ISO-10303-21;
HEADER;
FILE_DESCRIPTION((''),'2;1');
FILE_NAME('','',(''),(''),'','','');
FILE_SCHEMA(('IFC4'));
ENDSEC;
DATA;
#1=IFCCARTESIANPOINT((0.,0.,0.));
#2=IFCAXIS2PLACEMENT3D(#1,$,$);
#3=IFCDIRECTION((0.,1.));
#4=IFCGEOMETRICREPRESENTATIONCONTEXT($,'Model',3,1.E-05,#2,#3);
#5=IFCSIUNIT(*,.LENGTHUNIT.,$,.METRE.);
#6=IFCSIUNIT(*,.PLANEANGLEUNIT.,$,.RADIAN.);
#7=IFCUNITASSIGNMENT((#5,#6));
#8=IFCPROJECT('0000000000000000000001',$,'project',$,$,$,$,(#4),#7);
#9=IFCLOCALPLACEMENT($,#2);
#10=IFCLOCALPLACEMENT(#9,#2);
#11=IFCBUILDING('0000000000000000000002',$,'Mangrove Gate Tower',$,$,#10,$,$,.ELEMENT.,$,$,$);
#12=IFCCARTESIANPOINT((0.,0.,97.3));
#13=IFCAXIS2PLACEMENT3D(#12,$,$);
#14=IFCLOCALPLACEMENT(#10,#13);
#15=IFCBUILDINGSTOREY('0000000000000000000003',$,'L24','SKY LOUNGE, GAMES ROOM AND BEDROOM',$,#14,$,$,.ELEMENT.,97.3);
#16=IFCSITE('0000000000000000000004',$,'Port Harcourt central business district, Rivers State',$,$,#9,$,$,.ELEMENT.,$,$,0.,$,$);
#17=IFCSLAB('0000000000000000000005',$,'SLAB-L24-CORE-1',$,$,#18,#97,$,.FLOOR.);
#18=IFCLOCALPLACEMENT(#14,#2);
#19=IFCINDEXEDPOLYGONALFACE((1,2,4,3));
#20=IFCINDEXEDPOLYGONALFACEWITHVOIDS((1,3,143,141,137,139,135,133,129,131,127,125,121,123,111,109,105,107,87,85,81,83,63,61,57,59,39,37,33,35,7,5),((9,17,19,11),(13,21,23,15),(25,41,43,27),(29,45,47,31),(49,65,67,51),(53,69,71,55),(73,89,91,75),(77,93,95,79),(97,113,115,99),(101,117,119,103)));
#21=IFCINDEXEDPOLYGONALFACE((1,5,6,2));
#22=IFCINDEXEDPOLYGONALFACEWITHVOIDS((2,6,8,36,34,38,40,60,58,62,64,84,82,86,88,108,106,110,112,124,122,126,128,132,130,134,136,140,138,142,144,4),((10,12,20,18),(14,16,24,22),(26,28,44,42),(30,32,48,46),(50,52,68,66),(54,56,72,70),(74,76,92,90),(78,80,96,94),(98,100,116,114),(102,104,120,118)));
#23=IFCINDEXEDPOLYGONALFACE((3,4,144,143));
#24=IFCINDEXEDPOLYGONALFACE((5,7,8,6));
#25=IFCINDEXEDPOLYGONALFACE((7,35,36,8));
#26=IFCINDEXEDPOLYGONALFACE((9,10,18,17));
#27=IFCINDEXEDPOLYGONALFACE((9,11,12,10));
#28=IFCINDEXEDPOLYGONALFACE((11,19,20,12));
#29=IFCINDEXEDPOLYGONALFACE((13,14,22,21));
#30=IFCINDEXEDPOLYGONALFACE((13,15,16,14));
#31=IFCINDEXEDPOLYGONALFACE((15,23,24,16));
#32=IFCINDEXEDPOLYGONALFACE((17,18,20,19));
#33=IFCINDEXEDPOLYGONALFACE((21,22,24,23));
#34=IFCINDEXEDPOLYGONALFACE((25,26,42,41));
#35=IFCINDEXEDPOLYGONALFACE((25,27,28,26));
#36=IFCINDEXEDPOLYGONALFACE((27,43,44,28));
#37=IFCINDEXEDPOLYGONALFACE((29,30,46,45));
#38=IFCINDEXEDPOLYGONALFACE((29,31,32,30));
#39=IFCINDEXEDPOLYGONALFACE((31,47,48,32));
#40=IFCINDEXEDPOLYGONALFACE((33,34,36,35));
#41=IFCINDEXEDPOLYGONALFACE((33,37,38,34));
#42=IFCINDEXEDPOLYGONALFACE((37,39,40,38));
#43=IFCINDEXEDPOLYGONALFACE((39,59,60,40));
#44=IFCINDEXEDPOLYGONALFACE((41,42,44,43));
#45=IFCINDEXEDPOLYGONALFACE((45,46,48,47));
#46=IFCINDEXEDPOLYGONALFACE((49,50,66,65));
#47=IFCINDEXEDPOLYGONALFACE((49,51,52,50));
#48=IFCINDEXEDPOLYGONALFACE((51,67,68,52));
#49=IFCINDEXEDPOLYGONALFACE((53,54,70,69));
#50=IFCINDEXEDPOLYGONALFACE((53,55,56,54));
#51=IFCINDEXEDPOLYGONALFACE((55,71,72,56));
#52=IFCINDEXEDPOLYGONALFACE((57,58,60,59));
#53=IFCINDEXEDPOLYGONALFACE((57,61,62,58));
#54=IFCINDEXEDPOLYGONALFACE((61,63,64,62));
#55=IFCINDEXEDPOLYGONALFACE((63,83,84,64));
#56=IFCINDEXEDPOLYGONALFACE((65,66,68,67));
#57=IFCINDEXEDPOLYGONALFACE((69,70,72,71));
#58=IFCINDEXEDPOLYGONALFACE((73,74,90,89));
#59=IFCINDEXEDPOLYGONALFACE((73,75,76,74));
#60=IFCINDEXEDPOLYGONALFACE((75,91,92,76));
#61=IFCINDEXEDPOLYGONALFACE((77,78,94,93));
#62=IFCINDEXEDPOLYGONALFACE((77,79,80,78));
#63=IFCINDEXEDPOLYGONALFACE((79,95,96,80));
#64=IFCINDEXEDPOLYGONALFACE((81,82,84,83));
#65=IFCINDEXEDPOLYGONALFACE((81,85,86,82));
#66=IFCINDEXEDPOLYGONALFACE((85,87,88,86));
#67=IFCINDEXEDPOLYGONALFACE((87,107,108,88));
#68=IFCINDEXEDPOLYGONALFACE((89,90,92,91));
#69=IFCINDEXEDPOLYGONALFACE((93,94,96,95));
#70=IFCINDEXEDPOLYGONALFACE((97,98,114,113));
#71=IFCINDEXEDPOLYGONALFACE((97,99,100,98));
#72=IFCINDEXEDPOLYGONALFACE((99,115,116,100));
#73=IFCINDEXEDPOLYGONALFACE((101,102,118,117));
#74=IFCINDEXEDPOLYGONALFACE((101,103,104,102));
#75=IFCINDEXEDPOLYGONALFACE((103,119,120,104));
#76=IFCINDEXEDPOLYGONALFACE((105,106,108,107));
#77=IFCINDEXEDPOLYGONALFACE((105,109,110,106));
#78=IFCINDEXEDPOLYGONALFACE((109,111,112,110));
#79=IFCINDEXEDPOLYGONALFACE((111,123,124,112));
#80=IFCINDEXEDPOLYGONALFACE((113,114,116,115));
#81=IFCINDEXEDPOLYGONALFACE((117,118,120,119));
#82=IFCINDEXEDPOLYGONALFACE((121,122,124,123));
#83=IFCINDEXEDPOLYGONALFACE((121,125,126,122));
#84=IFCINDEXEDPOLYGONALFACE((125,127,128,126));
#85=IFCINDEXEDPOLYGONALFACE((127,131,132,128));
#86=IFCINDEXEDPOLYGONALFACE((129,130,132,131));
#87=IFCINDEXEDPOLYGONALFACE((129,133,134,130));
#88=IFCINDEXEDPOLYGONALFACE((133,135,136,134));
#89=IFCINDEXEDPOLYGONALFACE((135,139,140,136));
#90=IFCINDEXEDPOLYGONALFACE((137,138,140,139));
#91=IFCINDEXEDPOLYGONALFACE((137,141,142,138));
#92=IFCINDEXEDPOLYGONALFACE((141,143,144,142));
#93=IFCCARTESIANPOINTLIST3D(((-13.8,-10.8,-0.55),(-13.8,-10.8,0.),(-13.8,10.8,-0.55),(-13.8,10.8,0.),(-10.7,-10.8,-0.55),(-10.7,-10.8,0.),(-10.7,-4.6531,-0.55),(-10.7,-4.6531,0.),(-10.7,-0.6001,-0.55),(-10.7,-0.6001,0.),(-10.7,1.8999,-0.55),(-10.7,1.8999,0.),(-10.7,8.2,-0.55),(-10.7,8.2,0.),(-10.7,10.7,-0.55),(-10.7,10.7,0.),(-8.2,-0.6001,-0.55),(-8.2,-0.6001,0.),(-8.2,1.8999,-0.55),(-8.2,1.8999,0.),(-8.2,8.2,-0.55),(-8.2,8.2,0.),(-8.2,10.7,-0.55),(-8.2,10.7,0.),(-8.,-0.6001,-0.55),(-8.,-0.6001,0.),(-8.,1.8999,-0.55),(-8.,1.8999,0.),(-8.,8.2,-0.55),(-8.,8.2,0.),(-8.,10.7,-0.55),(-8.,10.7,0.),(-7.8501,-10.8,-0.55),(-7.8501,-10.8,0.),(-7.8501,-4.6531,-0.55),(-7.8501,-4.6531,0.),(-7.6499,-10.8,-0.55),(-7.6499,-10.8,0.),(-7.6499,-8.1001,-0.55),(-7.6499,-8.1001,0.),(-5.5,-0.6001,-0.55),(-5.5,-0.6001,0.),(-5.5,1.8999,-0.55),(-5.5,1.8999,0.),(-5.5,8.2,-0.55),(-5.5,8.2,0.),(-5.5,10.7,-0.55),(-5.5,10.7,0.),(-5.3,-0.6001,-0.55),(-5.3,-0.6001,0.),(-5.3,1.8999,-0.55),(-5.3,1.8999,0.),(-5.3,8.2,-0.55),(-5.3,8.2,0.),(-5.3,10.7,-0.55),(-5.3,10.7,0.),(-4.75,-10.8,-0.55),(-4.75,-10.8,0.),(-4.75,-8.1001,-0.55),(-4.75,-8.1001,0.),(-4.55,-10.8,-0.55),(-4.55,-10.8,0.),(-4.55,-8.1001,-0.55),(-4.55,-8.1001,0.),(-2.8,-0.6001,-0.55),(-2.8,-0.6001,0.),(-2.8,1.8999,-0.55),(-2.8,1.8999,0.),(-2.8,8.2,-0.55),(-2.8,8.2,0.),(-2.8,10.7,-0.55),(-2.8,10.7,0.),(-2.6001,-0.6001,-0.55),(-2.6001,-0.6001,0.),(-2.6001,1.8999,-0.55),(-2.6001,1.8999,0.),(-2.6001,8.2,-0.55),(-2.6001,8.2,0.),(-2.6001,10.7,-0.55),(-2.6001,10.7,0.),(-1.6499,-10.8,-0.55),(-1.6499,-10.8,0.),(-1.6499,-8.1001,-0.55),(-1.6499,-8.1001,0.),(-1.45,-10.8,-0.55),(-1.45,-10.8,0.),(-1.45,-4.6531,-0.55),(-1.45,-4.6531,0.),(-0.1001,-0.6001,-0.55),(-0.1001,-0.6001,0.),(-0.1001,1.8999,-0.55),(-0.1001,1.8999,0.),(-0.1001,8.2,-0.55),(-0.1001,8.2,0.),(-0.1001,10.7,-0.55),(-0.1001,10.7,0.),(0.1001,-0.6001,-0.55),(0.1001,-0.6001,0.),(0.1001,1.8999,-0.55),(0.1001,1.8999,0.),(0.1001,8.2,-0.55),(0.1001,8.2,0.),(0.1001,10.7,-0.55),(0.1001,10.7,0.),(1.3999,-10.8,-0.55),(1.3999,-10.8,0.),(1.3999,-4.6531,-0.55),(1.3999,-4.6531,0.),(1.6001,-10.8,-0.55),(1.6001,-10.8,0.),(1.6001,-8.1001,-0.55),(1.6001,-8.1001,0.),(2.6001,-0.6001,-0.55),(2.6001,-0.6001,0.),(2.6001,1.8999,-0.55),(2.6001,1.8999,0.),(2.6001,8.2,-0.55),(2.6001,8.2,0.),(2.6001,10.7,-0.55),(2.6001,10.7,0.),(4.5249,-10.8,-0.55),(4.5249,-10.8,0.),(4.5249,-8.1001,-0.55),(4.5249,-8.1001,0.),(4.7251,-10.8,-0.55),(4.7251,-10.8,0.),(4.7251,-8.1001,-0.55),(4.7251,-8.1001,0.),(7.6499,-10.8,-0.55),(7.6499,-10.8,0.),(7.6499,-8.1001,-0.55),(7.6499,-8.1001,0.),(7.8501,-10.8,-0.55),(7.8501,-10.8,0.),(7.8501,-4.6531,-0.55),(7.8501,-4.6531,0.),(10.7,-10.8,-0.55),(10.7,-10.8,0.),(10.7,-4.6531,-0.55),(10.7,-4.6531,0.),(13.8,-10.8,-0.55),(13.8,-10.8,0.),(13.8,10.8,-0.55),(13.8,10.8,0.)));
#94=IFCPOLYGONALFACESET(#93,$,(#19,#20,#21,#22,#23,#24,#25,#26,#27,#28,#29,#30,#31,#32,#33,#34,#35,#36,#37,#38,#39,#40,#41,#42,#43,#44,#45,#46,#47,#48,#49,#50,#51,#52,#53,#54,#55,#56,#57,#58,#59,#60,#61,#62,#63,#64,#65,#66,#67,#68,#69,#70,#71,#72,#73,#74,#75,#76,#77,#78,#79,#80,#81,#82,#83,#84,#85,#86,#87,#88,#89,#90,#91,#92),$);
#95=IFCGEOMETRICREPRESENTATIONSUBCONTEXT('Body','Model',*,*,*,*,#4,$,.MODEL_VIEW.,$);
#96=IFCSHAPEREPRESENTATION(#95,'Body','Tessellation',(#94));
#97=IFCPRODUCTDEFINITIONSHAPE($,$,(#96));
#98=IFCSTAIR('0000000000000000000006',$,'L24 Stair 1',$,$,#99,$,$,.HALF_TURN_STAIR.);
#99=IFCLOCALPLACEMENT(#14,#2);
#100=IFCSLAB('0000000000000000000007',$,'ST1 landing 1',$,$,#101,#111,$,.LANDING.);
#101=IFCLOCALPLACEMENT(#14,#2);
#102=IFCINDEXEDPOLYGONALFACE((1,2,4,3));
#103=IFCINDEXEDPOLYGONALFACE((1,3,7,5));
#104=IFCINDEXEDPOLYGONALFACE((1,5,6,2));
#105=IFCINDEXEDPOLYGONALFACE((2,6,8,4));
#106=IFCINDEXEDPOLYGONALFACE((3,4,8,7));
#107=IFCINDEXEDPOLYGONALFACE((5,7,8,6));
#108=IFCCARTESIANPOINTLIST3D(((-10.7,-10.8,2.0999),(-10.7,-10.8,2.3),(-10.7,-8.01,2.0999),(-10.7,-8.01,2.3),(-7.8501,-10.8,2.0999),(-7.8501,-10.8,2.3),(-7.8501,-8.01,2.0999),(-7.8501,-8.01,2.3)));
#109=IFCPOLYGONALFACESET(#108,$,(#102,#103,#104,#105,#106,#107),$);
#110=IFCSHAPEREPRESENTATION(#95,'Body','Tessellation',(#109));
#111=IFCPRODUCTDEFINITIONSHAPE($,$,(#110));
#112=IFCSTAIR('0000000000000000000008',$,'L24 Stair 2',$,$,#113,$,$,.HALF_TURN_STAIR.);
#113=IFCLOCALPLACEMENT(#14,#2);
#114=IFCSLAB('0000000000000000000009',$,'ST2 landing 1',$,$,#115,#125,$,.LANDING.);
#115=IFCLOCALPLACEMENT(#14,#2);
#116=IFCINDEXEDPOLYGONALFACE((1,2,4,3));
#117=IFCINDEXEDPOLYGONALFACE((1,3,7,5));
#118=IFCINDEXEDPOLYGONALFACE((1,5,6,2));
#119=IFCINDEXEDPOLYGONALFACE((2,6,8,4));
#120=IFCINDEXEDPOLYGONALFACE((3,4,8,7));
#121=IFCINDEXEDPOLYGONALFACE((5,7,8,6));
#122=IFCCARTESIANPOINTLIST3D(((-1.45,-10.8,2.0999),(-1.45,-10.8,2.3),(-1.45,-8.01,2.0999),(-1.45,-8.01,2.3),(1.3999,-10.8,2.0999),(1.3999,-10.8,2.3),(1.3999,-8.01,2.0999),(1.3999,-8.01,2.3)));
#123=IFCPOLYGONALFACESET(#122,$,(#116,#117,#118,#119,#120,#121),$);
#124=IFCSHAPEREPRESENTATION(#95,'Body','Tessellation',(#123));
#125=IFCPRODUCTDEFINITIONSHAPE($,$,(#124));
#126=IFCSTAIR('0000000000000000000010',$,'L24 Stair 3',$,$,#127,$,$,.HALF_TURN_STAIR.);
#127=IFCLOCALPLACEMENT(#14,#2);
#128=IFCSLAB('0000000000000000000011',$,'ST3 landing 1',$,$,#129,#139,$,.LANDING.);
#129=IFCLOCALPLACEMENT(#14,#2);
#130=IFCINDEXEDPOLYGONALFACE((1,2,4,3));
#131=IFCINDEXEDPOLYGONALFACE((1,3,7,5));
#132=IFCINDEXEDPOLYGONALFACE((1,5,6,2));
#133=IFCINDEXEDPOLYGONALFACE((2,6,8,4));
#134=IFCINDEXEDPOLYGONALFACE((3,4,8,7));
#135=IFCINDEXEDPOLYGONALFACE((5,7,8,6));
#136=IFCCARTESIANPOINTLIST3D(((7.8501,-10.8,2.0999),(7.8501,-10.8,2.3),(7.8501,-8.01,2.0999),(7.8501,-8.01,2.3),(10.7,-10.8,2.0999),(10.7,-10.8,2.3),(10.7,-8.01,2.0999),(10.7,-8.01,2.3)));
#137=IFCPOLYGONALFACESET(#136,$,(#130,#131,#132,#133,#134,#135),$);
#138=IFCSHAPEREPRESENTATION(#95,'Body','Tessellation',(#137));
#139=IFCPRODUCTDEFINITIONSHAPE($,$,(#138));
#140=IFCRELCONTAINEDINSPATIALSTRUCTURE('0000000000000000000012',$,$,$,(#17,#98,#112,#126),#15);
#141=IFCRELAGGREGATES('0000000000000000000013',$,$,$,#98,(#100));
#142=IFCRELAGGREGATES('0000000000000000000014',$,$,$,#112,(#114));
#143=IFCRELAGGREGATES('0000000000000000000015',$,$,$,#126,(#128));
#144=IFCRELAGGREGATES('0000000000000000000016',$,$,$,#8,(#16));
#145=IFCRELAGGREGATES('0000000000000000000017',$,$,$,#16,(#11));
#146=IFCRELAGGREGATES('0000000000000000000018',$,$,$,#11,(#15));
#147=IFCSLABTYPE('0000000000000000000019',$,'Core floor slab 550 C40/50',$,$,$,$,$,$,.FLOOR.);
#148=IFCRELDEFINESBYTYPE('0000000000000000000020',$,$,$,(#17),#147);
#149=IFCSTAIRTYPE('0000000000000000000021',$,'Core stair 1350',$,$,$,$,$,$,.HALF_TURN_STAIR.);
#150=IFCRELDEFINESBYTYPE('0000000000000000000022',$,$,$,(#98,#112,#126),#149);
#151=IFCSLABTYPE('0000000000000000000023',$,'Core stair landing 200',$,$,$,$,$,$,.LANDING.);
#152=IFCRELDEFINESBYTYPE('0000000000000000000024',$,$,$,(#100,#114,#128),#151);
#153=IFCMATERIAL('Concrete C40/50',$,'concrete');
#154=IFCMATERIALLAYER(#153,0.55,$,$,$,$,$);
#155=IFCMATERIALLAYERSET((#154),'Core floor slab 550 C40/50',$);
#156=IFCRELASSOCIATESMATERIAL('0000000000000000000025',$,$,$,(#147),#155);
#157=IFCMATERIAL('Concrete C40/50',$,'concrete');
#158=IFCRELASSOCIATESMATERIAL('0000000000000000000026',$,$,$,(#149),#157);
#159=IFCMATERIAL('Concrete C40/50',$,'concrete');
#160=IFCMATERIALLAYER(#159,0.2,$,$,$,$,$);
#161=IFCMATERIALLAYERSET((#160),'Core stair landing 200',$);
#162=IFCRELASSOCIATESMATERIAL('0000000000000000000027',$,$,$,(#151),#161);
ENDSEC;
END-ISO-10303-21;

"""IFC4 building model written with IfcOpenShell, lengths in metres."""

from ifc_helpers import new_model, si_unit, direction, frame, origin, place, context, subcontext, project, spatial, polyline, outline, extrude, material, layer, layer_set, type_object, element, aggregate, save


model = new_model("IFC4")

# Units and contexts
model_context = context("Model", 3, precision=1e-05, world=origin(), true_north=direction((0.0, 1.0)))
body_context = subcontext(model_context, "Body", "Model", "MODEL_VIEW")
ifc_project = project(units=[si_unit("LENGTHUNIT", "METRE"), si_unit("PLANEANGLEUNIT", "RADIAN")], contexts=[model_context])

# Site, building, storey
site_placement = place(None, origin())
site = spatial("IfcSite", under=ifc_project, at=site_placement, Name="Port Harcourt central business district, Rivers State", CompositionType="ELEMENT", RefElevation=0.0)
building_placement = place(site_placement, origin())
building = spatial("IfcBuilding", under=site, at=building_placement, Name="Mangrove Gate Tower", CompositionType="ELEMENT")
storey_placement = place(building_placement, frame((0.0, 0.0, 97.3)))
storey = spatial("IfcBuildingStorey", under=building, at=storey_placement, Name="L24", Description="SKY LOUNGE, GAMES ROOM AND BEDROOM", CompositionType="ELEMENT", Elevation=97.3)

# Slab
ifc_material_1 = material(Name="Concrete C40/50", Category="concrete")
ifc_layer_1 = layer(ifc_material_1, 0.55)
ifc_layer_set_1 = layer_set([ifc_layer_1], Name="Core floor slab 550 C40/50")
slab_type_1 = type_object("IfcSlabType", Name="Core floor slab 550 C40/50", PredefinedType="FLOOR", material=ifc_layer_set_1)
slab_1_placement = place(storey_placement, frame((0.0, 0.0, -0.55)))
element("IfcSlab", 1, at=slab_1_placement, inside=storey, type_object=slab_type_1, Name="SLAB-L24-CORE-1", PredefinedType="FLOOR", context=body_context, shape_type="SweptSolid", body=[
    extrude(outline(polyline([(-13.8, -10.8), (-13.8, 10.8), (13.8, 10.8), (13.8, -10.8), (10.7, -10.8), (10.7, -4.6531), (7.8501, -4.6531), (7.8501, -10.8), (7.6499, -10.8), (7.6499, -8.1001), (4.7251, -8.1001), (4.7251, -10.8), (4.5249, -10.8), (4.5249, -8.1001), (1.6001, -8.1001), (1.6001, -10.8), (1.3999, -10.8), (1.3999, -4.6531), (-1.45, -4.6531), (-1.45, -10.8), (-1.6499, -10.8), (-1.6499, -8.1001), (-4.55, -8.1001), (-4.55, -10.8), (-4.75, -10.8), (-4.75, -8.1001), (-7.6499, -8.1001), (-7.6499, -10.8), (-7.8501, -10.8), (-7.8501, -4.6531), (-10.7, -4.6531), (-10.7, -10.8), (-13.8, -10.8)]), holes=[polyline([(-8.2, -0.6001), (-8.2, 1.8999), (-10.7, 1.8999), (-10.7, -0.6001), (-8.2, -0.6001)]), polyline([(-5.5, -0.6001), (-5.5, 1.8999), (-8.0, 1.8999), (-8.0, -0.6001), (-5.5, -0.6001)]), polyline([(-2.8, -0.6001), (-2.8, 1.8999), (-5.3, 1.8999), (-5.3, -0.6001), (-2.8, -0.6001)]), polyline([(-8.2, 8.2), (-8.2, 10.7), (-10.7, 10.7), (-10.7, 8.2), (-8.2, 8.2)]), polyline([(-5.5, 8.2), (-5.5, 10.7), (-8.0, 10.7), (-8.0, 8.2), (-5.5, 8.2)]), polyline([(-2.8, 8.2), (-2.8, 10.7), (-5.3, 10.7), (-5.3, 8.2), (-2.8, 8.2)]), polyline([(-0.1001, -0.6001), (-0.1001, 1.8999), (-2.6001, 1.8999), (-2.6001, -0.6001), (-0.1001, -0.6001)]), polyline([(2.6001, -0.6001), (2.6001, 1.8999), (0.1001, 1.8999), (0.1001, -0.6001), (2.6001, -0.6001)]), polyline([(-2.6001, 8.2), (-0.1001, 8.2), (-0.1001, 10.7), (-2.6001, 10.7), (-2.6001, 8.2)]), polyline([(0.1001, 8.2), (2.6001, 8.2), (2.6001, 10.7), (0.1001, 10.7), (0.1001, 8.2)])]), origin(), (0.0, 0.0, 1.0), 0.55),
])

# Stairs, slabs
ifc_material_2 = material(Name="Concrete C40/50", Category="concrete")
stair_type = type_object("IfcStairType", Name="Core stair 1350", PredefinedType="HALF_TURN_STAIR", material=ifc_material_2)
stair_1_placement = place(storey_placement, origin())
stair_1 = element("IfcStair", 2, at=stair_1_placement, inside=storey, type_object=stair_type, Name="L24 Stair 1", PredefinedType="HALF_TURN_STAIR")
ifc_material_3 = material(Name="Concrete C40/50", Category="concrete")
ifc_layer_2 = layer(ifc_material_3, 0.2)
ifc_layer_set_2 = layer_set([ifc_layer_2], Name="Core stair landing 200")
slab_type_2 = type_object("IfcSlabType", Name="Core stair landing 200", PredefinedType="LANDING", material=ifc_layer_set_2)
slab_2_placement = place(storey_placement, frame((0.0, 0.0, 2.0999)))
slab_2 = element("IfcSlab", 3, at=slab_2_placement, type_object=slab_type_2, Name="ST1 landing 1", PredefinedType="LANDING", context=body_context, shape_type="SweptSolid", body=[
    extrude(outline(polyline([(-10.7, -8.01), (-10.7, -10.8), (-7.8501, -10.8), (-7.8501, -8.01), (-10.7, -8.01)])), origin(), (0.0, 0.0, 1.0), 0.2002),
])
aggregate(stair_1, [slab_2])
stair_2_placement = place(storey_placement, origin())
stair_2 = element("IfcStair", 4, at=stair_2_placement, inside=storey, type_object=stair_type, Name="L24 Stair 2", PredefinedType="HALF_TURN_STAIR")
slab_3_placement = place(storey_placement, frame((0.0, 0.0, 2.0999)))
slab_3 = element("IfcSlab", 5, at=slab_3_placement, type_object=slab_type_2, Name="ST2 landing 1", PredefinedType="LANDING", context=body_context, shape_type="SweptSolid", body=[
    extrude(outline(polyline([(-1.45, -8.01), (-1.45, -10.8), (1.3999, -10.8), (1.3999, -8.01), (-1.45, -8.01)])), origin(), (0.0, 0.0, 1.0), 0.2002),
])
aggregate(stair_2, [slab_3])
stair_3_placement = place(storey_placement, origin())
stair_3 = element("IfcStair", 6, at=stair_3_placement, inside=storey, type_object=stair_type, Name="L24 Stair 3", PredefinedType="HALF_TURN_STAIR")
slab_4_placement = place(storey_placement, frame((0.0, 0.0, 2.0999)))
slab_4 = element("IfcSlab", 7, at=slab_4_placement, type_object=slab_type_2, Name="ST3 landing 1", PredefinedType="LANDING", context=body_context, shape_type="SweptSolid", body=[
    extrude(outline(polyline([(7.8501, -8.01), (7.8501, -10.8), (10.7, -10.8), (10.7, -8.01), (7.8501, -8.01)])), origin(), (0.0, 0.0, 1.0), 0.2002),
])
aggregate(stair_3, [slab_4])

save(model, "model.ifc")
